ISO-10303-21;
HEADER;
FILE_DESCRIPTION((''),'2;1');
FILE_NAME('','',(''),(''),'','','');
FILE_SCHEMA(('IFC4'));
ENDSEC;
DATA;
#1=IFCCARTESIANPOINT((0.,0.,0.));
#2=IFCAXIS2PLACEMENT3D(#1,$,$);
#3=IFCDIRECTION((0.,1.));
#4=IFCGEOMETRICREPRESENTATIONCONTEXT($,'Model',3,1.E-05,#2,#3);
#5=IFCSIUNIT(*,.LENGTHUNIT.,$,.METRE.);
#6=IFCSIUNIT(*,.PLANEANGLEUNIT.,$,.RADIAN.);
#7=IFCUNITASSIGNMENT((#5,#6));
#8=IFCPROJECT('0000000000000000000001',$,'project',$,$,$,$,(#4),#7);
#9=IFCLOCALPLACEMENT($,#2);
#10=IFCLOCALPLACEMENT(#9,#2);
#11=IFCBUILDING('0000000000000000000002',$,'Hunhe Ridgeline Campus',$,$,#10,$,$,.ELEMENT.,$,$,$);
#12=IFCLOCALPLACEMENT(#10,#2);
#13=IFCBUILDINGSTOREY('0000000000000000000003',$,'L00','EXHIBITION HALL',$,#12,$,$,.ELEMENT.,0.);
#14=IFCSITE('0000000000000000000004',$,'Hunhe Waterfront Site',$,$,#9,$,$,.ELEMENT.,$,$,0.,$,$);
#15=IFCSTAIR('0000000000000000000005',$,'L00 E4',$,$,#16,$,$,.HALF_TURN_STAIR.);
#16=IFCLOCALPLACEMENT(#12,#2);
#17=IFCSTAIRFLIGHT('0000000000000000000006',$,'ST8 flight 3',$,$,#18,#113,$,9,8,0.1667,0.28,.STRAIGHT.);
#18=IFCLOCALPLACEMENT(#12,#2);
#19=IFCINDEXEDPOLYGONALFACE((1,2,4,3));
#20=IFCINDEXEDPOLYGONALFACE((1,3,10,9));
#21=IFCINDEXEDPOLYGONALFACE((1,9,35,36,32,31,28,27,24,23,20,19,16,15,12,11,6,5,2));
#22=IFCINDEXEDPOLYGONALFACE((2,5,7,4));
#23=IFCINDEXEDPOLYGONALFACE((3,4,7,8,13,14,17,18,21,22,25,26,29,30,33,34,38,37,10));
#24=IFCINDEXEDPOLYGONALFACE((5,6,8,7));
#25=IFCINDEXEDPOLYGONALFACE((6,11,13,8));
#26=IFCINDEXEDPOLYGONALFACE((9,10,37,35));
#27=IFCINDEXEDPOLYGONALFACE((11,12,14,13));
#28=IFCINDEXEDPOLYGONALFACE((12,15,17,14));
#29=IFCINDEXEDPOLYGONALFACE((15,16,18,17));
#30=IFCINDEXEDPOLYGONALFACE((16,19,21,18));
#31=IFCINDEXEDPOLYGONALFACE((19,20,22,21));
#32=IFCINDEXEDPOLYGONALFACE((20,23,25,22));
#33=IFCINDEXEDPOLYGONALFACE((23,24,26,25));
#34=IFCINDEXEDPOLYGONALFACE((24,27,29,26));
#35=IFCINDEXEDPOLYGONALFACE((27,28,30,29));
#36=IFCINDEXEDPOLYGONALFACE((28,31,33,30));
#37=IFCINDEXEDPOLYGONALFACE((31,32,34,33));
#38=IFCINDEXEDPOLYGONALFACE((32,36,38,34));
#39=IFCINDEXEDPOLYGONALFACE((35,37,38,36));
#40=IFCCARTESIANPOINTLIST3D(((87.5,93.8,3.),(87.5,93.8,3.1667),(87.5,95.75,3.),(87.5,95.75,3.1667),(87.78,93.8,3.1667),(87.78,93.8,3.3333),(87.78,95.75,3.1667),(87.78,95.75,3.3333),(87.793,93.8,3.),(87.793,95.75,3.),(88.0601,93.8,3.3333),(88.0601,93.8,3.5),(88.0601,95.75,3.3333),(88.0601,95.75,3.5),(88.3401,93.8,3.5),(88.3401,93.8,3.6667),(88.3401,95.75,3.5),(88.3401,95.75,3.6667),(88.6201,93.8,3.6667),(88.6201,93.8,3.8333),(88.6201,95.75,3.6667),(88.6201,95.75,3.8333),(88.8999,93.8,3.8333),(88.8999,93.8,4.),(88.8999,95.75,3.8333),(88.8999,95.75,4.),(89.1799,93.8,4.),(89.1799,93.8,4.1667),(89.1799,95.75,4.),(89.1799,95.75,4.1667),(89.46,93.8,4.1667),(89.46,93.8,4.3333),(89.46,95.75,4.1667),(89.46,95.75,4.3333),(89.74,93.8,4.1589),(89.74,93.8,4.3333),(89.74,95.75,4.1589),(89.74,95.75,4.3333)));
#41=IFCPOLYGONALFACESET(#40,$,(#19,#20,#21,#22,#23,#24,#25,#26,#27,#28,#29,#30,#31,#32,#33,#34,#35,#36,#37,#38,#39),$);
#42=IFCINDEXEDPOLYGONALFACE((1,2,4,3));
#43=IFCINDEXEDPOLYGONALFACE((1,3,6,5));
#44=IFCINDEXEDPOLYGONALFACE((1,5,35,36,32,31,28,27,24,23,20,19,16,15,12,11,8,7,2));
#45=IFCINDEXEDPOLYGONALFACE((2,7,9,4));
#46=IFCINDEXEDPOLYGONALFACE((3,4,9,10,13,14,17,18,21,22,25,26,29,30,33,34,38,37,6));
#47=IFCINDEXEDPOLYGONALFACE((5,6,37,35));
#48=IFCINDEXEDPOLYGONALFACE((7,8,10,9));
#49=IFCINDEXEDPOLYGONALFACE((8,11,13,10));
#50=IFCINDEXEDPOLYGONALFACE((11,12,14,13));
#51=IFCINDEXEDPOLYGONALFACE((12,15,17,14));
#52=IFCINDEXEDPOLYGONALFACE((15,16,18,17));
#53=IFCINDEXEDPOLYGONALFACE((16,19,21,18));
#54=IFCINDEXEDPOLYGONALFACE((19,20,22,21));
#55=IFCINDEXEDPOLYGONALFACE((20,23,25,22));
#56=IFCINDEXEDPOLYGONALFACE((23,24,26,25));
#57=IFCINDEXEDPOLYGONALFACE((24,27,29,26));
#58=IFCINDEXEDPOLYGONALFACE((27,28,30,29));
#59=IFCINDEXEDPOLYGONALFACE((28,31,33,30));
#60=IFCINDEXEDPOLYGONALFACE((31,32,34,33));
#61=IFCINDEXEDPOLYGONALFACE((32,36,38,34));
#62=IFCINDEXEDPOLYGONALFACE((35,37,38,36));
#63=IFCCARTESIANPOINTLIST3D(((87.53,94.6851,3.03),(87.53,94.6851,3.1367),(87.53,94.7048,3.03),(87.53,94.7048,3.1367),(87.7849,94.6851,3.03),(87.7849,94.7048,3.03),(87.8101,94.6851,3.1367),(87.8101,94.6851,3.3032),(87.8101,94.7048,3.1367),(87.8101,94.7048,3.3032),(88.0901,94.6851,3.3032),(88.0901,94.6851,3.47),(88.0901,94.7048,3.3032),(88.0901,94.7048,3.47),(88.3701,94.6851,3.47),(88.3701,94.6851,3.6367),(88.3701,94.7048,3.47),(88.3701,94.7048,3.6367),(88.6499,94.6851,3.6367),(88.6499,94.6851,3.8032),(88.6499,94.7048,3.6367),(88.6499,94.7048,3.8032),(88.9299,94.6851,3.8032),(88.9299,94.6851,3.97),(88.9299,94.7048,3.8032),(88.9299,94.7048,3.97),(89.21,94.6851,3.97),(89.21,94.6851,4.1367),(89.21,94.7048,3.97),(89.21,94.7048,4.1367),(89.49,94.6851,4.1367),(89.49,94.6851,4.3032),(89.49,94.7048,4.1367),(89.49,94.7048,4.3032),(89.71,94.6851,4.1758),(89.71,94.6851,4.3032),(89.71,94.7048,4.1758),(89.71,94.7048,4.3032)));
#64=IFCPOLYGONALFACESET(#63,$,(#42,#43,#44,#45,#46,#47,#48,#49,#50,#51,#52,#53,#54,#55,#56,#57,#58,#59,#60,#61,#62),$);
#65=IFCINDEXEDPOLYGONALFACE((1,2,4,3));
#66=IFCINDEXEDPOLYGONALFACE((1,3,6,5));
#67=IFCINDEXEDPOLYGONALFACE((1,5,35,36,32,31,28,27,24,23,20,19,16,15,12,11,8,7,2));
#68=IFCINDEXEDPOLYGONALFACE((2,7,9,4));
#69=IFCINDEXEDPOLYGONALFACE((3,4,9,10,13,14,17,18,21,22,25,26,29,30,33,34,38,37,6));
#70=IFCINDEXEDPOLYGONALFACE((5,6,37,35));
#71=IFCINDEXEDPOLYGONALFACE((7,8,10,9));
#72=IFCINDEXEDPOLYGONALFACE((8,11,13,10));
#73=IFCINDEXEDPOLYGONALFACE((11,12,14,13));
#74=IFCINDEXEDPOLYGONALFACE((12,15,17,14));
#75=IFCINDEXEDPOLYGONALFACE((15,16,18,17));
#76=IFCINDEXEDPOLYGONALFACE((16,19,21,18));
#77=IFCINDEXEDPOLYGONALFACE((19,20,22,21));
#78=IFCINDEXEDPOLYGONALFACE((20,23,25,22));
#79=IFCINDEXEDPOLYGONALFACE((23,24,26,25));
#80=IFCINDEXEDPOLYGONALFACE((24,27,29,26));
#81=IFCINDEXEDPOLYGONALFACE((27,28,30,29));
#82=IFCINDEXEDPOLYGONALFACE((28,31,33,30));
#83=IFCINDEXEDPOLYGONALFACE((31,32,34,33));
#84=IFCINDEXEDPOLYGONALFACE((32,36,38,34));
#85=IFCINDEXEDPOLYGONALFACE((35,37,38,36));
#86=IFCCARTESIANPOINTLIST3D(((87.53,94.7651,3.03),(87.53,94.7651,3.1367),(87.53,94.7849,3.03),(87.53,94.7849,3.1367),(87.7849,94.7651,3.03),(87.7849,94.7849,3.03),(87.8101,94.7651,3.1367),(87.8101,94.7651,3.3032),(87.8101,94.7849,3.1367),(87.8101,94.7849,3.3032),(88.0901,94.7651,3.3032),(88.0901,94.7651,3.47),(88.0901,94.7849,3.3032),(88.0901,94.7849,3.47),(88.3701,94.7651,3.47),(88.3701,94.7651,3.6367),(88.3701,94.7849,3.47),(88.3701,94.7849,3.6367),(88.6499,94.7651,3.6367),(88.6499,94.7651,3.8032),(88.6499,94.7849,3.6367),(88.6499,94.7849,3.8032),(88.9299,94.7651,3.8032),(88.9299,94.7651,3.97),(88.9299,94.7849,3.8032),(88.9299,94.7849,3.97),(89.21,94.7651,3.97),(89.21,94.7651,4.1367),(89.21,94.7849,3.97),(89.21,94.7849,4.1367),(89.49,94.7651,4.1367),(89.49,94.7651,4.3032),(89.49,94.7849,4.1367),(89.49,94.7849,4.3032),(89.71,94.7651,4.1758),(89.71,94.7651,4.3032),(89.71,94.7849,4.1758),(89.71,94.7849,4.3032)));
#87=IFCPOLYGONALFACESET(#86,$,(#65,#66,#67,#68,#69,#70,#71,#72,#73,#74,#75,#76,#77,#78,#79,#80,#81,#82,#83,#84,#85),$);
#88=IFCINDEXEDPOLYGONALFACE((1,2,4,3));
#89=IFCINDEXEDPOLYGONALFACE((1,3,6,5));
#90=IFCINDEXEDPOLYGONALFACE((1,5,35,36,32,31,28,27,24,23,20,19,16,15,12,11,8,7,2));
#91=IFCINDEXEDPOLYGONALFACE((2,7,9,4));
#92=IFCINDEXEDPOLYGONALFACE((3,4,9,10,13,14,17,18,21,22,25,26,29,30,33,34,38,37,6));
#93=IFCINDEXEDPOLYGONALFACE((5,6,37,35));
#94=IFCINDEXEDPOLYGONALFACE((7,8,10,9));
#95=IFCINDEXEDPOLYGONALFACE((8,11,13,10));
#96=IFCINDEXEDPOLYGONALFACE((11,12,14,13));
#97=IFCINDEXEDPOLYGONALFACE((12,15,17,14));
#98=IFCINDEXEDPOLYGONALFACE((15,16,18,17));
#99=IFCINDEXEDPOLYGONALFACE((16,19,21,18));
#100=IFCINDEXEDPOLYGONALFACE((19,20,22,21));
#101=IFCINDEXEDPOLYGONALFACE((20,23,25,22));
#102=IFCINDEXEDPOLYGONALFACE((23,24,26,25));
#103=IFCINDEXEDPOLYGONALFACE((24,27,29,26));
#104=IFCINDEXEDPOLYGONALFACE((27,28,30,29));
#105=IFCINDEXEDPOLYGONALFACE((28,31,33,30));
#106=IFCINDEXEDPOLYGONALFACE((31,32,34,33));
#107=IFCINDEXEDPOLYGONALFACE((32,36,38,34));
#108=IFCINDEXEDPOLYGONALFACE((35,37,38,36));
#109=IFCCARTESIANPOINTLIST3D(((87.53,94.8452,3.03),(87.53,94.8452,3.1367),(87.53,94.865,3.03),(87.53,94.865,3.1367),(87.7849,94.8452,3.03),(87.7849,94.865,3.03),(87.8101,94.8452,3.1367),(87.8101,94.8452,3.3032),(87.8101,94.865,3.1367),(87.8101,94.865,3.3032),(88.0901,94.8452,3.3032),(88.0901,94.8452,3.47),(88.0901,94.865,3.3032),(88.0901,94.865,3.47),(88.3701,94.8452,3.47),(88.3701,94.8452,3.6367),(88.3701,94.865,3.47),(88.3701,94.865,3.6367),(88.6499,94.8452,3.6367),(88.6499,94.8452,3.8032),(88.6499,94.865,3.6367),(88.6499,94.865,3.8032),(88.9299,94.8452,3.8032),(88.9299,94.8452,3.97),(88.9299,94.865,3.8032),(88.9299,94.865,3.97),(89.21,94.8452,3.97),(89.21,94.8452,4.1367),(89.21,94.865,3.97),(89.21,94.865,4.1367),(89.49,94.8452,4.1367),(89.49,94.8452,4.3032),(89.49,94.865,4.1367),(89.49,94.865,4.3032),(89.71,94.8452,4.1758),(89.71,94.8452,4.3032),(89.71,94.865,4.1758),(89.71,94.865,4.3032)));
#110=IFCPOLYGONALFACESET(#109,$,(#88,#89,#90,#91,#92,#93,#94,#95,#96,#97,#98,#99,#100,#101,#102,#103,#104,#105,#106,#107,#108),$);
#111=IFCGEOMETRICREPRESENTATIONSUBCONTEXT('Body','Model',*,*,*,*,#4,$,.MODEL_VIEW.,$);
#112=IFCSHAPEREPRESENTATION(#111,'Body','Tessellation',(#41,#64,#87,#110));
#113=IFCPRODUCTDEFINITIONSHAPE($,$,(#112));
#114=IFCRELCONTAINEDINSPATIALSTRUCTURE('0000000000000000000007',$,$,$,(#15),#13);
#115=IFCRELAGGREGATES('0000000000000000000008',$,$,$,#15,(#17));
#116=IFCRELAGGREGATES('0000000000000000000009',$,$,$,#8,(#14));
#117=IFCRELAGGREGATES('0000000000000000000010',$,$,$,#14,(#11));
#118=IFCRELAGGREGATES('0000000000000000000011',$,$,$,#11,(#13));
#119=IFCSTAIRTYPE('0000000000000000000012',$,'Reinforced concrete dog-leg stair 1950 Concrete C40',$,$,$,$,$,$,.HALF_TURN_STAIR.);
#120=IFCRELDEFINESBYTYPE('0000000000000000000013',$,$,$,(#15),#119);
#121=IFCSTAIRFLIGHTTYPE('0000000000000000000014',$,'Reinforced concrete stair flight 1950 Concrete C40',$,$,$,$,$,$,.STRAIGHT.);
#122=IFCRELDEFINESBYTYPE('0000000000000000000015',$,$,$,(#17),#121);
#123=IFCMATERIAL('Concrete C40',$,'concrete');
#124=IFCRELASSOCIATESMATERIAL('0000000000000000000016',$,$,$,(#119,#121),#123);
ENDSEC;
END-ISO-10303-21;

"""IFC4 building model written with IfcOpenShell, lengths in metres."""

from ifc_helpers import new_model, si_unit, direction, frame, origin, place, context, subcontext, project, spatial, polyline, outline, extrude, material, type_object, element, aggregate, save


model = new_model("IFC4")

# Units and contexts
model_context = context("Model", 3, precision=1e-05, world=origin(), true_north=direction((0.0, 1.0)))
body_context = subcontext(model_context, "Body", "Model", "MODEL_VIEW")
ifc_project = project(units=[si_unit("LENGTHUNIT", "METRE"), si_unit("PLANEANGLEUNIT", "RADIAN")], contexts=[model_context])

# Site, building, storey
site_placement = place(None, origin())
site = spatial("IfcSite", under=ifc_project, at=site_placement, Name="Hunhe Waterfront Site", CompositionType="ELEMENT", RefElevation=0.0)
building_placement = place(site_placement, origin())
building = spatial("IfcBuilding", under=site, at=building_placement, Name="Hunhe Ridgeline Campus", CompositionType="ELEMENT")
storey_placement = place(building_placement, origin())
storey = spatial("IfcBuildingStorey", under=building, at=storey_placement, Name="L00", Description="EXHIBITION HALL", CompositionType="ELEMENT", Elevation=0.0)

# Stair, stair flight
ifc_material_1 = material(Name="Concrete C40", Category="concrete")
stair_type = type_object("IfcStairType", Name="Reinforced concrete dog-leg stair 1950 Concrete C40", PredefinedType="HALF_TURN_STAIR", material=ifc_material_1)
stair_placement = place(storey_placement, origin())
stair = element("IfcStair", 1, at=stair_placement, inside=storey, type_object=stair_type, Name="L00 E4", PredefinedType="HALF_TURN_STAIR")
stair_flight_type = type_object("IfcStairFlightType", Name="Reinforced concrete stair flight 1950 Concrete C40", PredefinedType="STRAIGHT", material=ifc_material_1)
stair_flight_1_placement = place(storey_placement, frame((87.5, 94.7749, 3.0), z_axis=(0.0, 0.0, 1.0), x_axis=(1.0, 0.0, 0.0)))
stair_flight_1 = element("IfcStairFlight", 2, at=stair_flight_1_placement, type_object=stair_flight_type, Name="ST8 flight 3", NumberOfRisers=9, NumberOfTreads=8, PredefinedType="STRAIGHT", RiserHeight=0.1667, TreadLength=0.28, context=body_context, shape_type="SweptSolid", body=[
    extrude(outline(polyline([(0.0, 0.0), (0.0, 0.1667), (0.28, 0.1667), (0.28, 0.3333), (0.5601, 0.3333), (0.5601, 0.5), (0.8401, 0.5), (0.8401, 0.6667), (1.1201, 0.6667), (1.1201, 0.8333), (1.3999, 0.8333), (1.3999, 1.0), (1.6799, 1.0), (1.6799, 1.1667), (1.96, 1.1667), (1.96, 1.3333), (2.24, 1.3333), (2.24, 1.5), (2.24, 1.1589), (0.293, 0.0), (0.0, 0.0)])), frame((0.0, 0.9751, 0.0), z_axis=(0.0, -1.0, 0.0), x_axis=(1.0, 0.0, 0.0)), (0.0, 0.0, 1.0), 1.95),
    extrude(outline(polyline([(0.03, 0.03), (0.03, 0.1367), (0.3101, 0.1367), (0.3101, 0.3032), (0.5901, 0.3032), (0.5901, 0.47), (0.8701, 0.47), (0.8701, 0.6367), (1.1499, 0.6367), (1.1499, 0.8032), (1.4299, 0.8032), (1.4299, 0.97), (1.71, 0.97), (1.71, 1.1367), (1.99, 1.1367), (1.99, 1.3032), (2.21, 1.3032), (2.21, 1.1758), (0.2849, 0.03), (0.03, 0.03)])), frame((0.0, -0.0701, 0.0), z_axis=(0.0, -1.0, 0.0), x_axis=(1.0, 0.0, 0.0)), (0.0, 0.0, 1.0), 0.0198),
    extrude(outline(polyline([(0.03, 0.03), (0.03, 0.1367), (0.3101, 0.1367), (0.3101, 0.3032), (0.5901, 0.3032), (0.5901, 0.47), (0.8701, 0.47), (0.8701, 0.6367), (1.1499, 0.6367), (1.1499, 0.8032), (1.4299, 0.8032), (1.4299, 0.97), (1.71, 0.97), (1.71, 1.1367), (1.99, 1.1367), (1.99, 1.3032), (2.21, 1.3032), (2.21, 1.1758), (0.2849, 0.03), (0.03, 0.03)])), frame((0.0, 0.01, 0.0), z_axis=(0.0, -1.0, 0.0), x_axis=(1.0, 0.0, 0.0)), (0.0, 0.0, 1.0), 0.0198),
    extrude(outline(polyline([(0.03, 0.03), (0.03, 0.1367), (0.3101, 0.1367), (0.3101, 0.3032), (0.5901, 0.3032), (0.5901, 0.47), (0.8701, 0.47), (0.8701, 0.6367), (1.1499, 0.6367), (1.1499, 0.8032), (1.4299, 0.8032), (1.4299, 0.97), (1.71, 0.97), (1.71, 1.1367), (1.99, 1.1367), (1.99, 1.3032), (2.21, 1.3032), (2.21, 1.1758), (0.2849, 0.03), (0.03, 0.03)])), frame((0.0, 0.0901, 0.0), z_axis=(0.0, -1.0, 0.0), x_axis=(1.0, 0.0, 0.0)), (0.0, 0.0, 1.0), 0.0198),
])
aggregate(stair, [stair_flight_1])

save(model, "model.ifc")
